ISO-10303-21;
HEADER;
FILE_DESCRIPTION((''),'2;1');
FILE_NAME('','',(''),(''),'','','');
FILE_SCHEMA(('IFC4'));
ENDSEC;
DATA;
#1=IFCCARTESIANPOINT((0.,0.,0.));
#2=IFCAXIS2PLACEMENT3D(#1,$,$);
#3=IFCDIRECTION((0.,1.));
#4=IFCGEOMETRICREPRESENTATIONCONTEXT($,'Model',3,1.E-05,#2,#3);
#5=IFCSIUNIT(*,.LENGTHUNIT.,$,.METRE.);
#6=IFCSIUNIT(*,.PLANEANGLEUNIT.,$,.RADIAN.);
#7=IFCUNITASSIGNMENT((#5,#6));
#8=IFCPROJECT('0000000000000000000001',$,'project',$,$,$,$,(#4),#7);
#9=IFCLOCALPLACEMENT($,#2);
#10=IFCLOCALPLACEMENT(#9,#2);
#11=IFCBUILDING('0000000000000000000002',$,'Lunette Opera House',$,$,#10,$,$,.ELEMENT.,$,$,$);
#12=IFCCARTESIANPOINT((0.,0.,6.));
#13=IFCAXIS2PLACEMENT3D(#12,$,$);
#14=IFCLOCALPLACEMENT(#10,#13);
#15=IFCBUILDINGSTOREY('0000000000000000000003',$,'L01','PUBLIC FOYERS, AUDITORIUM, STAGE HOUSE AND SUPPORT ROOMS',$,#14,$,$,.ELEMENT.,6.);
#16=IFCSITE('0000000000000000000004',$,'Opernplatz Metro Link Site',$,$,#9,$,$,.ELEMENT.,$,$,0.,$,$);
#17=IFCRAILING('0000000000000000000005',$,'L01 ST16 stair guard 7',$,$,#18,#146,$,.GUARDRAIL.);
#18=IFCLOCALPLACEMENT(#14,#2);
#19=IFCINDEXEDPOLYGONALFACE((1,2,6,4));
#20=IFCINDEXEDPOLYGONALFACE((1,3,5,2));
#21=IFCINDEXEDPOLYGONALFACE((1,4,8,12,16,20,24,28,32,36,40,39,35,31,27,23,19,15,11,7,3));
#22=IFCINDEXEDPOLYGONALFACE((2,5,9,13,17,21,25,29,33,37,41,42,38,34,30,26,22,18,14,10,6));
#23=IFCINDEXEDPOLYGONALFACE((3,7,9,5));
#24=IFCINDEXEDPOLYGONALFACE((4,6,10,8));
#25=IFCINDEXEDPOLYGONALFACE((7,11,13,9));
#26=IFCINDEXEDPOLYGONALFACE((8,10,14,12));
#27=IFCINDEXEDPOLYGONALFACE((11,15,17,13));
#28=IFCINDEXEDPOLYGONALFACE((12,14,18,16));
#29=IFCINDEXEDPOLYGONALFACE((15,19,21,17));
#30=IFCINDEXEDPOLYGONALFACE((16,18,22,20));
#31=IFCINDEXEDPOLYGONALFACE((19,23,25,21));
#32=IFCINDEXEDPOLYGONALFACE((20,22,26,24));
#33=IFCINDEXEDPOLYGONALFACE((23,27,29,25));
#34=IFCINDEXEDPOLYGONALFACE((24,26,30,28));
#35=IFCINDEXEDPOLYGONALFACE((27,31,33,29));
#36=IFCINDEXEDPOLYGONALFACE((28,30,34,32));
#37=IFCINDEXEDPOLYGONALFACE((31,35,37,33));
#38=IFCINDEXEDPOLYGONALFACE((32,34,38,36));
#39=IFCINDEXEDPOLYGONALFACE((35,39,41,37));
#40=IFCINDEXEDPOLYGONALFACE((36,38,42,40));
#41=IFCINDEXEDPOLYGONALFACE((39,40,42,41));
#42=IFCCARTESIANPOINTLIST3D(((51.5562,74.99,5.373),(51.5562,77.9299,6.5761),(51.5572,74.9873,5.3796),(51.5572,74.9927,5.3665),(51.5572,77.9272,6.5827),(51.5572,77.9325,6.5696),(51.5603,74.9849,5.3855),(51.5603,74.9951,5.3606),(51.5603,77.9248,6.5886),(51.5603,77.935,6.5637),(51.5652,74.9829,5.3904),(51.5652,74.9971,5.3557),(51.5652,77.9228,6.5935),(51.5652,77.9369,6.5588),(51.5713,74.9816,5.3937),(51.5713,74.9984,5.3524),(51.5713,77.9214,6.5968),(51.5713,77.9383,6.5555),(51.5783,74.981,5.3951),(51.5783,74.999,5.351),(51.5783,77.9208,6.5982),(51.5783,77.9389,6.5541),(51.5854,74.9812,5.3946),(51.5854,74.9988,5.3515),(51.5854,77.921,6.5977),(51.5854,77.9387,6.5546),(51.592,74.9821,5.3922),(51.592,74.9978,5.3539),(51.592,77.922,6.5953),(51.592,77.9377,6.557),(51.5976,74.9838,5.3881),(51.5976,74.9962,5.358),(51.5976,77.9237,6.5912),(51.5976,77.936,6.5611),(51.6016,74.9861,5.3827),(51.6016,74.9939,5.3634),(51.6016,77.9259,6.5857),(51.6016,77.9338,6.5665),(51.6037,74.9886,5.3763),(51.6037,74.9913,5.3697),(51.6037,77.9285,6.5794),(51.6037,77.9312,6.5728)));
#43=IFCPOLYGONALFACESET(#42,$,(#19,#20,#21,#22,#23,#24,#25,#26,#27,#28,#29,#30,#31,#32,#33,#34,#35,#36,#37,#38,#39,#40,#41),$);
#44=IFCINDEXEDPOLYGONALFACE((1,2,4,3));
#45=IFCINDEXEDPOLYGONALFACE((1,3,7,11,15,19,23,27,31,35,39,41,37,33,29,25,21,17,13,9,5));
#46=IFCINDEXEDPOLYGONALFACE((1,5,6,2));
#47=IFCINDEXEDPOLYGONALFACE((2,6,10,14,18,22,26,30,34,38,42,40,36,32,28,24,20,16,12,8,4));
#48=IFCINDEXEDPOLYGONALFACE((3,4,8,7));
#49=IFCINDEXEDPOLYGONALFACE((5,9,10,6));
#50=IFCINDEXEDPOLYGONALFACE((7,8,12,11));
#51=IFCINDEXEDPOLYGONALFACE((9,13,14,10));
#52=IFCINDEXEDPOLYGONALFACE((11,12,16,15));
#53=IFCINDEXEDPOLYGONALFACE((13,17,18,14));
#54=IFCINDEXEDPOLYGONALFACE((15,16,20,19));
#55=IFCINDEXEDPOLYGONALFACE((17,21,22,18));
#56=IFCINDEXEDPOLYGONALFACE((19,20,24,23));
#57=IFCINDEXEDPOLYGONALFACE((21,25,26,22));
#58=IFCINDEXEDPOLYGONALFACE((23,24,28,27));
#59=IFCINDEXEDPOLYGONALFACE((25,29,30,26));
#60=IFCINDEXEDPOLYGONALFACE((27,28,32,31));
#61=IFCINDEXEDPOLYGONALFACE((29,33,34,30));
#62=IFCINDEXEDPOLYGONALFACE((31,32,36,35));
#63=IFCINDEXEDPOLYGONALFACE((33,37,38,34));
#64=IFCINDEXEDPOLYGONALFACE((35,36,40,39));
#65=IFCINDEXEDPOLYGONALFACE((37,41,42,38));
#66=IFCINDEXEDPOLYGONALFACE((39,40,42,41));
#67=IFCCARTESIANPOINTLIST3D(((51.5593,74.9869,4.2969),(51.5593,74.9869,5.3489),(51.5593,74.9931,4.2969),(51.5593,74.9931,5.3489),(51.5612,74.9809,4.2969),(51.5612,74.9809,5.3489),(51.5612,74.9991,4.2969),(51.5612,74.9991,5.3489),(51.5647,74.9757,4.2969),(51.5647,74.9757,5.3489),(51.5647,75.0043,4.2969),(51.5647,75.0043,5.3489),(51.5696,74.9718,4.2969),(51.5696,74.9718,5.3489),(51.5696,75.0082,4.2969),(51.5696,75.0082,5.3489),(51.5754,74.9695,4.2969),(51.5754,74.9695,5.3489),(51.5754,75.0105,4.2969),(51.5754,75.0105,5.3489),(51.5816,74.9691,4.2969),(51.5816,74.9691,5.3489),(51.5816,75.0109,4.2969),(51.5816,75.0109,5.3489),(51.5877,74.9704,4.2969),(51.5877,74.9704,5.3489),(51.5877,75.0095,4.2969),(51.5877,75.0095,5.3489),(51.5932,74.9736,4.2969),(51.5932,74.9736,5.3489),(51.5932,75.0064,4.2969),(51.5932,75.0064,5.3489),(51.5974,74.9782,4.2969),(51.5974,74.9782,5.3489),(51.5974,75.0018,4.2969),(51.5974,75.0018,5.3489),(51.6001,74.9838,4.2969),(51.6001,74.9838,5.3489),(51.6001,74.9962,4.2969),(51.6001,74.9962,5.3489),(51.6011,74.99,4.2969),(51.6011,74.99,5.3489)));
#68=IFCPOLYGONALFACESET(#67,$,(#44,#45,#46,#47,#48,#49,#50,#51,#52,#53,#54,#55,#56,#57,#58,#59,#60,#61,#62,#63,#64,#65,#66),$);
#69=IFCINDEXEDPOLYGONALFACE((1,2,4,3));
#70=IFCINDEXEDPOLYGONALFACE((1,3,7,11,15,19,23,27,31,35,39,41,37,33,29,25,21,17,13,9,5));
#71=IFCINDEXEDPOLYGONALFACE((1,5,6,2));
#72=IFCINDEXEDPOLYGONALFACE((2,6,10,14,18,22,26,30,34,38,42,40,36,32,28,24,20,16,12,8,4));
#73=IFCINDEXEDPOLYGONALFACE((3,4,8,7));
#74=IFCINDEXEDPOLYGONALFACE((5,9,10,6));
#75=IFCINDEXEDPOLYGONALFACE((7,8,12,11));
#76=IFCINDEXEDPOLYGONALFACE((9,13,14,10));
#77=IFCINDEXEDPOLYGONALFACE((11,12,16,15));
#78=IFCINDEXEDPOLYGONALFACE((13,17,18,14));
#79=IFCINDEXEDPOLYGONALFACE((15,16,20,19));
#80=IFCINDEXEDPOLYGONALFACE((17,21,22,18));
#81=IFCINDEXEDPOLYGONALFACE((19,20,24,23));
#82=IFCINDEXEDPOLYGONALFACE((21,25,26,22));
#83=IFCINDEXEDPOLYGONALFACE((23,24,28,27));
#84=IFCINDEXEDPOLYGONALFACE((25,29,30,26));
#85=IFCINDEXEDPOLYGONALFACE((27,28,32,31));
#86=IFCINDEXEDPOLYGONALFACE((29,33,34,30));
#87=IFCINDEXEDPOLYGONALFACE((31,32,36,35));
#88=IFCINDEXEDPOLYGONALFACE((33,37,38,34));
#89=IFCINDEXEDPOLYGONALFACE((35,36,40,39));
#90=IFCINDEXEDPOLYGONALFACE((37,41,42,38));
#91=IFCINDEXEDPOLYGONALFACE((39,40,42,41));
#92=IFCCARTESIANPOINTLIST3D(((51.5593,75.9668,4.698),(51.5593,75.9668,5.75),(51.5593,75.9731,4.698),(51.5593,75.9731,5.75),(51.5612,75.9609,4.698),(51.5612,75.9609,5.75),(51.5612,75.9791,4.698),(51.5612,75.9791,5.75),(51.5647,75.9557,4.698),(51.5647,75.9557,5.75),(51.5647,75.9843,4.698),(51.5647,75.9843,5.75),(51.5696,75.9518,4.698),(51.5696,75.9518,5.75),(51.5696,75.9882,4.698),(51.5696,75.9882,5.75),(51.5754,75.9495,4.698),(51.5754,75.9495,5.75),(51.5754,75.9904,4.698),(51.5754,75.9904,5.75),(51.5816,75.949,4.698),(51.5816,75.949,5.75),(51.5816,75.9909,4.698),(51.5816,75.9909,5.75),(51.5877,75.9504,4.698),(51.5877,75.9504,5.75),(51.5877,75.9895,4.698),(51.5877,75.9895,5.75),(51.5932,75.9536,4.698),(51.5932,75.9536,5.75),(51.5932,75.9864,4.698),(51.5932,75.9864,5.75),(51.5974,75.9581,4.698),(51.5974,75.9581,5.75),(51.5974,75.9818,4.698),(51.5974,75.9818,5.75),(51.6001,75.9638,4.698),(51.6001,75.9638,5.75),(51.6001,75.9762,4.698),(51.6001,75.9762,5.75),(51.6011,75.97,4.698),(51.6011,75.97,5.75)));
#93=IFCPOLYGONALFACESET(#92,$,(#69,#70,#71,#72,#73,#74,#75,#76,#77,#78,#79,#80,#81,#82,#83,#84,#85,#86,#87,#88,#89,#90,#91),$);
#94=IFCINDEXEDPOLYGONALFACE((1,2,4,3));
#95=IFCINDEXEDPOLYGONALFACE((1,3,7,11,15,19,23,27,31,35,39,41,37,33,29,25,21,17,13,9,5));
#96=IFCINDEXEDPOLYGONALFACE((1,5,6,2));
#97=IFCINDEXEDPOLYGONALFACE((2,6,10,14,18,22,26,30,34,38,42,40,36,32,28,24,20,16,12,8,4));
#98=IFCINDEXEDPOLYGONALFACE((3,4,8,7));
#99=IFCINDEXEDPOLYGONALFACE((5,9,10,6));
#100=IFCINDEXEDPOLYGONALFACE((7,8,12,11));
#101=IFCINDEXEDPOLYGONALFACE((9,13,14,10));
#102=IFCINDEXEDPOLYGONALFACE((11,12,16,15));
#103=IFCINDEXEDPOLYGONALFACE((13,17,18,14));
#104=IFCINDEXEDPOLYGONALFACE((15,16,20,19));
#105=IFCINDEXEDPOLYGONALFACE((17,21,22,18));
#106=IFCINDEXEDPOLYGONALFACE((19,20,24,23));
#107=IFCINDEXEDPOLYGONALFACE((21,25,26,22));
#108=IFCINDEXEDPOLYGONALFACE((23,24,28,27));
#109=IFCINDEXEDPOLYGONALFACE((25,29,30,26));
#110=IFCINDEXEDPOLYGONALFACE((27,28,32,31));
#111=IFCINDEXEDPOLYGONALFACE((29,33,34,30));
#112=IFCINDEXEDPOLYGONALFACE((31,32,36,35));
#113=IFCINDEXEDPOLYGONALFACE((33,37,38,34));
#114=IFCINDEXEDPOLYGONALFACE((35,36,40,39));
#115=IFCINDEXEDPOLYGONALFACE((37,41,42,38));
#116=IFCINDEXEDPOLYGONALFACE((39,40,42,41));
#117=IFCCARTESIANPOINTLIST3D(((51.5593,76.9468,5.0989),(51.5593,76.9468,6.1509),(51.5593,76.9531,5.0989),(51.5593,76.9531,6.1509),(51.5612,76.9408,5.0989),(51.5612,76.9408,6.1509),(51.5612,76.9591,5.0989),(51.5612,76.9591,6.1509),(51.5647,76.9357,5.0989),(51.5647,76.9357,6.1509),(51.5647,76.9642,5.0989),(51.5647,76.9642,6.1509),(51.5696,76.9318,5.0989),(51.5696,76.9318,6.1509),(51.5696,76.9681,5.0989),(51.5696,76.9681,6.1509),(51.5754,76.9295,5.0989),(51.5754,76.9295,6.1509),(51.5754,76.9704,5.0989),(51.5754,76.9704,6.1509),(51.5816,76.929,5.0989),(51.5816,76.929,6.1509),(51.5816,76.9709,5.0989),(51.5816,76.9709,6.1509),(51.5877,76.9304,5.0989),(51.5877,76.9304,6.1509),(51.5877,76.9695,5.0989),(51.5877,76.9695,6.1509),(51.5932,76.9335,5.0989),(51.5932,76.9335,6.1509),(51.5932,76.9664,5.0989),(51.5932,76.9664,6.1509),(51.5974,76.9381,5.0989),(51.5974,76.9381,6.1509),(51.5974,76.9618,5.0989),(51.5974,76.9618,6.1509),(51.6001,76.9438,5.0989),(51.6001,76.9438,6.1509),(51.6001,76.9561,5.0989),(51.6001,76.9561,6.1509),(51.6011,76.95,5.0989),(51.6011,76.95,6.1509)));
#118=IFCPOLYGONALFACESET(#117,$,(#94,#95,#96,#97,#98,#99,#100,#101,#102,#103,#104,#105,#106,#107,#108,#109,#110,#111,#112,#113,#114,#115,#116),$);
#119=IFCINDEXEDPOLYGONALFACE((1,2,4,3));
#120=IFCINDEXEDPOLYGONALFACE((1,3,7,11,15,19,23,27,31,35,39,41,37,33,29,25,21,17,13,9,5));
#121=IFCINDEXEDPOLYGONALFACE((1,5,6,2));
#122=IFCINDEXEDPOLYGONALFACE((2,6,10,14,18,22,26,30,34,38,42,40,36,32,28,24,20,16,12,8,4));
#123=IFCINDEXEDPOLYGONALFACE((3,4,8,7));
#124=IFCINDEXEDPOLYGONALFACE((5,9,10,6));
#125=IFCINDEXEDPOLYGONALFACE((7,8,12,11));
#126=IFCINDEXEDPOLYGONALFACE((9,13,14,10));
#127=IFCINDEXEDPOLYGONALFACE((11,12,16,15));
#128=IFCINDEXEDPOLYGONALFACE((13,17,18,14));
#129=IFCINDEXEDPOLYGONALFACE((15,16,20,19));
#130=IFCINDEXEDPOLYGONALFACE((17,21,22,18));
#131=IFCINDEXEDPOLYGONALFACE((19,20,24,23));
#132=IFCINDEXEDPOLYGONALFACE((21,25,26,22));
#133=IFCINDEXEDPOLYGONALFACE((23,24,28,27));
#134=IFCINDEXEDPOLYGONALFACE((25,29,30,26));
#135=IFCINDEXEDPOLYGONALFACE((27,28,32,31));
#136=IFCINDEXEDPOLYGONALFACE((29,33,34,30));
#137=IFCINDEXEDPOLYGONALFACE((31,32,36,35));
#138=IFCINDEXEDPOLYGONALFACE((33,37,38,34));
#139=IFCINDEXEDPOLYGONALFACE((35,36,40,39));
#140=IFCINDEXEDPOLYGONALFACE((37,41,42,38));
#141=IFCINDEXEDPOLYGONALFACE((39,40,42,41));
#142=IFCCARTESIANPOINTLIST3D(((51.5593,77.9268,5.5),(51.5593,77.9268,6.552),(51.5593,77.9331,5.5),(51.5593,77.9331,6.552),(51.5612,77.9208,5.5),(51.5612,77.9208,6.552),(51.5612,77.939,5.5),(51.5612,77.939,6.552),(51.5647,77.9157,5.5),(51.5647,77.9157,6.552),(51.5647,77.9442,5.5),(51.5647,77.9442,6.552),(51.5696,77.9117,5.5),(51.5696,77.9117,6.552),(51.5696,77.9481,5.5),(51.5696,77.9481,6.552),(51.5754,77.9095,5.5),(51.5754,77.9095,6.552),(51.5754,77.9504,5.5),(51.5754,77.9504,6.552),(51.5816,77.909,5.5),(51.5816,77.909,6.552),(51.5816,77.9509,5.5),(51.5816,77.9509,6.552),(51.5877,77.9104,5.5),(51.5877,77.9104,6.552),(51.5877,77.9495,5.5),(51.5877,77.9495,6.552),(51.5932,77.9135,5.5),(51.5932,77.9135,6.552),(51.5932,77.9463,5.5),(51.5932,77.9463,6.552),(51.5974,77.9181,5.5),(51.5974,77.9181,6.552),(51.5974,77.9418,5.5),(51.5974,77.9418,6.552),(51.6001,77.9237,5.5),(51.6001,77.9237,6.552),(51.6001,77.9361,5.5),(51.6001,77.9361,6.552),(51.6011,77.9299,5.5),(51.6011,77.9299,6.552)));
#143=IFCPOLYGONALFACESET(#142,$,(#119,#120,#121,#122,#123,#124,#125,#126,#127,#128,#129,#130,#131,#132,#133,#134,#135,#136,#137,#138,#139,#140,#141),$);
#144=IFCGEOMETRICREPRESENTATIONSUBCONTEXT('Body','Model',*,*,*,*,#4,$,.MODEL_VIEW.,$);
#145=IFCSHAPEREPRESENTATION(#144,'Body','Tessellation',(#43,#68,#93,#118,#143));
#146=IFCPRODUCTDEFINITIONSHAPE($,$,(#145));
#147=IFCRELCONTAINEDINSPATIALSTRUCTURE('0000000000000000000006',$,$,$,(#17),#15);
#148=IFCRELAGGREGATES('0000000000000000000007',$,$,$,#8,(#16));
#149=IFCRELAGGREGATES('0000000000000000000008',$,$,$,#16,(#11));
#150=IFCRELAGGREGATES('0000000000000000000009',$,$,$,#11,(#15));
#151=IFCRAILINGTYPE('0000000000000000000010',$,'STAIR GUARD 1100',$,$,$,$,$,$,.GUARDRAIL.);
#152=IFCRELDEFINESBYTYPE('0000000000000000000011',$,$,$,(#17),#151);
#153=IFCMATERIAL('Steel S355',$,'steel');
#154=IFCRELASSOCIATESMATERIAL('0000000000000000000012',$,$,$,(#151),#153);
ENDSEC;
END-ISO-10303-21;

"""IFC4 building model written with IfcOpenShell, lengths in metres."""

from ifc_helpers import new_model, si_unit, direction, frame, origin, origin_2d, place, context, subcontext, project, spatial, circle, extrude, material, type_object, element, save


model = new_model("IFC4")

# Units and contexts
model_context = context("Model", 3, precision=1e-05, world=origin(), true_north=direction((0.0, 1.0)))
body_context = subcontext(model_context, "Body", "Model", "MODEL_VIEW")
ifc_project = project(units=[si_unit("LENGTHUNIT", "METRE"), si_unit("PLANEANGLEUNIT", "RADIAN")], contexts=[model_context])

# Site, building, storey
site_placement = place(None, origin())
site = spatial("IfcSite", under=ifc_project, at=site_placement, Name="Opernplatz Metro Link Site", CompositionType="ELEMENT", RefElevation=0.0)
building_placement = place(site_placement, origin())
building = spatial("IfcBuilding", under=site, at=building_placement, Name="Lunette Opera House", CompositionType="ELEMENT")
storey_placement = place(building_placement, frame((0.0, 0.0, 6.0)))
storey = spatial("IfcBuildingStorey", under=building, at=storey_placement, Name="L01", Description="PUBLIC FOYERS, AUDITORIUM, STAGE HOUSE AND SUPPORT ROOMS", CompositionType="ELEMENT", Elevation=6.0)

# Railing
ifc_material_1 = material(Name="Steel S355", Category="steel")
railing_type_1 = type_object("IfcRailingType", Name="STAIR GUARD 1100", PredefinedType="GUARDRAIL", material=ifc_material_1)
railing_1_placement = place(storey_placement, frame((51.5801, 74.99, 4.2969)))
element("IfcRailing", 1, at=railing_1_placement, inside=storey, type_object=railing_type_1, Name="L01 ST16 stair guard 7", PredefinedType="GUARDRAIL", context=body_context, shape_type="SweptSolid", body=[
    extrude(circle(Radius=0.0239, at=origin_2d()), frame((0.0, 0.0, 1.0762), z_axis=(0.0, 0.9255, 0.378747), x_axis=(-1.0, 0.0, 0.0)), (0.0, 0.0, 1.0), 3.1765),
    extrude(circle(Radius=0.021, at=origin_2d()), origin(), (0.0, 0.0, 1.0), 1.052),
    extrude(circle(Radius=0.021, at=origin_2d()), frame((0.0, 0.98, 0.4011)), (0.0, 0.0, 1.0), 1.052),
    extrude(circle(Radius=0.021, at=origin_2d()), frame((0.0, 1.96, 0.802)), (0.0, 0.0, 1.0), 1.052),
    extrude(circle(Radius=0.021, at=origin_2d()), frame((0.0, 2.9399, 1.2031)), (0.0, 0.0, 1.0), 1.052),
])

save(model, "model.ifc")
